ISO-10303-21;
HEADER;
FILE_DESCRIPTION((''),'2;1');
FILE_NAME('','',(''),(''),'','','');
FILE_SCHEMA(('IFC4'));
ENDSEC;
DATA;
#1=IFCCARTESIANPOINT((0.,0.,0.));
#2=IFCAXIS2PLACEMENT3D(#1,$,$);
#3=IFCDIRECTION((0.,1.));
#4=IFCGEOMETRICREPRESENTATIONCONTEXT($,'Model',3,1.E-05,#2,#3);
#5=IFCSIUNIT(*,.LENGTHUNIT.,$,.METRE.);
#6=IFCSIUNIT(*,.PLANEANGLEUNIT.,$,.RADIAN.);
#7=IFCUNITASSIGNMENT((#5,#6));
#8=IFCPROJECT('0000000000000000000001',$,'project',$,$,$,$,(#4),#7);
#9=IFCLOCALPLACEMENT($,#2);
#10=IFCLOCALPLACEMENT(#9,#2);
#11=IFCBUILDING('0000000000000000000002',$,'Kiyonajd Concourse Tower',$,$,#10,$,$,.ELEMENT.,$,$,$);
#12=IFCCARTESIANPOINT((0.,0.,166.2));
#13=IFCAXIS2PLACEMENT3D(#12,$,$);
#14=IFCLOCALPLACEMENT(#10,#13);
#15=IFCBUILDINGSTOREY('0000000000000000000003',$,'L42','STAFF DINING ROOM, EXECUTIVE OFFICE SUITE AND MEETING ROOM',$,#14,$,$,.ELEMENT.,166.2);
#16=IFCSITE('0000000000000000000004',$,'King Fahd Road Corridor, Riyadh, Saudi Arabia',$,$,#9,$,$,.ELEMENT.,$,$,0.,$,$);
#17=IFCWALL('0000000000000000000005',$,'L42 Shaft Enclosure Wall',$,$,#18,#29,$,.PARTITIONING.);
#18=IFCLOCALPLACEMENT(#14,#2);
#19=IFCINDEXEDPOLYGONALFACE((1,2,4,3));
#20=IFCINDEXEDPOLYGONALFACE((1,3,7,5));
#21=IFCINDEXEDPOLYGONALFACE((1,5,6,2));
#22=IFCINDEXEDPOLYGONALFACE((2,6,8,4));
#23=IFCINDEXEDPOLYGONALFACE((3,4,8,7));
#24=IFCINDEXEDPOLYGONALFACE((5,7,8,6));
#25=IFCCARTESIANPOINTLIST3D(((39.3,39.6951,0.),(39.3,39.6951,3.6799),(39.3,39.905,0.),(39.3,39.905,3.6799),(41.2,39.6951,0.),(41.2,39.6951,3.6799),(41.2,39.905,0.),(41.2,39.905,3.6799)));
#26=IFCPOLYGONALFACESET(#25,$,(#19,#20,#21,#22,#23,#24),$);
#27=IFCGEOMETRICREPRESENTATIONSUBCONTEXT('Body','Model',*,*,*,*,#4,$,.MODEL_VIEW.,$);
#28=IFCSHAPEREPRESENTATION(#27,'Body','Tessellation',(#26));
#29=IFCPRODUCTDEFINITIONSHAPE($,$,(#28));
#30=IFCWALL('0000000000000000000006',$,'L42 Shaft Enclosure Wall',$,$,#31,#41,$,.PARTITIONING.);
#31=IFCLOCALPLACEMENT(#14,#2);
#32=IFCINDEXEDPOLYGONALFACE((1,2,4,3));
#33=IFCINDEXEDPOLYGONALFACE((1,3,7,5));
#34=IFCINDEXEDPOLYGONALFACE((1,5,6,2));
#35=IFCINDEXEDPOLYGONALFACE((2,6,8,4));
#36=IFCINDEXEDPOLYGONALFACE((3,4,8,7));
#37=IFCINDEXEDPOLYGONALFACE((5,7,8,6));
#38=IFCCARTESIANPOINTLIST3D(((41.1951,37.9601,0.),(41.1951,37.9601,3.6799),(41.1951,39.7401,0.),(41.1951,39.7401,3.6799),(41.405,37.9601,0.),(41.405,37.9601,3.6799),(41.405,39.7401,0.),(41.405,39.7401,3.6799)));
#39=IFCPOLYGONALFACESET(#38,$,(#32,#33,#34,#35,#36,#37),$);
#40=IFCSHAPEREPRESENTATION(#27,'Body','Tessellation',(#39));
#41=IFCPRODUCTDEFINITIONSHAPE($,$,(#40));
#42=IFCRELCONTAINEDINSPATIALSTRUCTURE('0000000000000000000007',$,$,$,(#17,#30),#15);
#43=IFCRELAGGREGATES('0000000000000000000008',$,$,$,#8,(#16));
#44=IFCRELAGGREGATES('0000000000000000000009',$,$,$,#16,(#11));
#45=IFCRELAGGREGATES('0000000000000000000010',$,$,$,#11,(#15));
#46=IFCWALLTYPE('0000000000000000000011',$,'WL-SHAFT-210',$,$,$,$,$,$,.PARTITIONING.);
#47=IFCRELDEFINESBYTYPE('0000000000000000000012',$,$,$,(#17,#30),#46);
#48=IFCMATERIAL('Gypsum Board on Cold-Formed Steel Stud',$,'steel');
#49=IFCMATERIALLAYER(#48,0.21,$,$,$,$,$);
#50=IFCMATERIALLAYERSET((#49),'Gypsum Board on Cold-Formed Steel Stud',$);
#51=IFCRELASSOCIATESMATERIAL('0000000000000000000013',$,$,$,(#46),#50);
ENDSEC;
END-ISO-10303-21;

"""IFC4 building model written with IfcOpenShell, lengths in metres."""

from ifc_helpers import new_model, si_unit, direction, frame, frame_2d, origin, place, context, subcontext, project, spatial, rectangle, extrude, material, layer, layer_set, type_object, element, save


model = new_model("IFC4")

# Units and contexts
model_context = context("Model", 3, precision=1e-05, world=origin(), true_north=direction((0.0, 1.0)))
body_context = subcontext(model_context, "Body", "Model", "MODEL_VIEW")
ifc_project = project(units=[si_unit("LENGTHUNIT", "METRE"), si_unit("PLANEANGLEUNIT", "RADIAN")], contexts=[model_context])

# Site, building, storey
site_placement = place(None, origin())
site = spatial("IfcSite", under=ifc_project, at=site_placement, Name="King Fahd Road Corridor, Riyadh, Saudi Arabia", CompositionType="ELEMENT", RefElevation=0.0)
building_placement = place(site_placement, origin())
building = spatial("IfcBuilding", under=site, at=building_placement, Name="Kiyonajd Concourse Tower", CompositionType="ELEMENT")
storey_placement = place(building_placement, frame((0.0, 0.0, 166.2)))
storey = spatial("IfcBuildingStorey", under=building, at=storey_placement, Name="L42", Description="STAFF DINING ROOM, EXECUTIVE OFFICE SUITE AND MEETING ROOM", CompositionType="ELEMENT", Elevation=166.2)

# Shared definitions
ifc_material_1 = material(Name="Gypsum Board on Cold-Formed Steel Stud", Category="steel")

# Shared definitions
ifc_layer_1 = layer(ifc_material_1, 0.21)
ifc_layer_set_1 = layer_set([ifc_layer_1], Name="Gypsum Board on Cold-Formed Steel Stud")
wall_type_1 = type_object("IfcWallType", Name="WL-SHAFT-210", PredefinedType="PARTITIONING", material=ifc_layer_set_1)

# Walls
for number, where, z_axis, x_axis, name in (
    (1, (39.3, 39.8, 0.0), (0.0, 0.0, 1.0), (1.0, 0.0, 0.0), "L42 Shaft Enclosure Wall"),
):
    element("IfcWall", number, at=place(storey_placement, frame(where, z_axis=z_axis, x_axis=x_axis)), inside=storey, type_object=wall_type_1, Name=name, PredefinedType="PARTITIONING", context=body_context, shape_type="SweptSolid", body=[
        extrude(rectangle(XDim=1.8999, YDim=0.21, at=frame_2d((0.95, 0.0))), origin(), (0.0, 0.0, 1.0), 3.6799),
    ])
wall_1_placement = place(storey_placement, frame((41.3, 37.96, 0.0), z_axis=(0.0, 0.0, 1.0), x_axis=(0.0, 1.0, 0.0)))
element("IfcWall", 2, at=wall_1_placement, inside=storey, type_object=wall_type_1, Name="L42 Shaft Enclosure Wall", PredefinedType="PARTITIONING", context=body_context, shape_type="SweptSolid", body=[
    extrude(rectangle(XDim=1.78, YDim=0.21, at=frame_2d((0.8901, 0.0))), origin(), (0.0, 0.0, 1.0), 3.6799),
])

save(model, "model.ifc")
